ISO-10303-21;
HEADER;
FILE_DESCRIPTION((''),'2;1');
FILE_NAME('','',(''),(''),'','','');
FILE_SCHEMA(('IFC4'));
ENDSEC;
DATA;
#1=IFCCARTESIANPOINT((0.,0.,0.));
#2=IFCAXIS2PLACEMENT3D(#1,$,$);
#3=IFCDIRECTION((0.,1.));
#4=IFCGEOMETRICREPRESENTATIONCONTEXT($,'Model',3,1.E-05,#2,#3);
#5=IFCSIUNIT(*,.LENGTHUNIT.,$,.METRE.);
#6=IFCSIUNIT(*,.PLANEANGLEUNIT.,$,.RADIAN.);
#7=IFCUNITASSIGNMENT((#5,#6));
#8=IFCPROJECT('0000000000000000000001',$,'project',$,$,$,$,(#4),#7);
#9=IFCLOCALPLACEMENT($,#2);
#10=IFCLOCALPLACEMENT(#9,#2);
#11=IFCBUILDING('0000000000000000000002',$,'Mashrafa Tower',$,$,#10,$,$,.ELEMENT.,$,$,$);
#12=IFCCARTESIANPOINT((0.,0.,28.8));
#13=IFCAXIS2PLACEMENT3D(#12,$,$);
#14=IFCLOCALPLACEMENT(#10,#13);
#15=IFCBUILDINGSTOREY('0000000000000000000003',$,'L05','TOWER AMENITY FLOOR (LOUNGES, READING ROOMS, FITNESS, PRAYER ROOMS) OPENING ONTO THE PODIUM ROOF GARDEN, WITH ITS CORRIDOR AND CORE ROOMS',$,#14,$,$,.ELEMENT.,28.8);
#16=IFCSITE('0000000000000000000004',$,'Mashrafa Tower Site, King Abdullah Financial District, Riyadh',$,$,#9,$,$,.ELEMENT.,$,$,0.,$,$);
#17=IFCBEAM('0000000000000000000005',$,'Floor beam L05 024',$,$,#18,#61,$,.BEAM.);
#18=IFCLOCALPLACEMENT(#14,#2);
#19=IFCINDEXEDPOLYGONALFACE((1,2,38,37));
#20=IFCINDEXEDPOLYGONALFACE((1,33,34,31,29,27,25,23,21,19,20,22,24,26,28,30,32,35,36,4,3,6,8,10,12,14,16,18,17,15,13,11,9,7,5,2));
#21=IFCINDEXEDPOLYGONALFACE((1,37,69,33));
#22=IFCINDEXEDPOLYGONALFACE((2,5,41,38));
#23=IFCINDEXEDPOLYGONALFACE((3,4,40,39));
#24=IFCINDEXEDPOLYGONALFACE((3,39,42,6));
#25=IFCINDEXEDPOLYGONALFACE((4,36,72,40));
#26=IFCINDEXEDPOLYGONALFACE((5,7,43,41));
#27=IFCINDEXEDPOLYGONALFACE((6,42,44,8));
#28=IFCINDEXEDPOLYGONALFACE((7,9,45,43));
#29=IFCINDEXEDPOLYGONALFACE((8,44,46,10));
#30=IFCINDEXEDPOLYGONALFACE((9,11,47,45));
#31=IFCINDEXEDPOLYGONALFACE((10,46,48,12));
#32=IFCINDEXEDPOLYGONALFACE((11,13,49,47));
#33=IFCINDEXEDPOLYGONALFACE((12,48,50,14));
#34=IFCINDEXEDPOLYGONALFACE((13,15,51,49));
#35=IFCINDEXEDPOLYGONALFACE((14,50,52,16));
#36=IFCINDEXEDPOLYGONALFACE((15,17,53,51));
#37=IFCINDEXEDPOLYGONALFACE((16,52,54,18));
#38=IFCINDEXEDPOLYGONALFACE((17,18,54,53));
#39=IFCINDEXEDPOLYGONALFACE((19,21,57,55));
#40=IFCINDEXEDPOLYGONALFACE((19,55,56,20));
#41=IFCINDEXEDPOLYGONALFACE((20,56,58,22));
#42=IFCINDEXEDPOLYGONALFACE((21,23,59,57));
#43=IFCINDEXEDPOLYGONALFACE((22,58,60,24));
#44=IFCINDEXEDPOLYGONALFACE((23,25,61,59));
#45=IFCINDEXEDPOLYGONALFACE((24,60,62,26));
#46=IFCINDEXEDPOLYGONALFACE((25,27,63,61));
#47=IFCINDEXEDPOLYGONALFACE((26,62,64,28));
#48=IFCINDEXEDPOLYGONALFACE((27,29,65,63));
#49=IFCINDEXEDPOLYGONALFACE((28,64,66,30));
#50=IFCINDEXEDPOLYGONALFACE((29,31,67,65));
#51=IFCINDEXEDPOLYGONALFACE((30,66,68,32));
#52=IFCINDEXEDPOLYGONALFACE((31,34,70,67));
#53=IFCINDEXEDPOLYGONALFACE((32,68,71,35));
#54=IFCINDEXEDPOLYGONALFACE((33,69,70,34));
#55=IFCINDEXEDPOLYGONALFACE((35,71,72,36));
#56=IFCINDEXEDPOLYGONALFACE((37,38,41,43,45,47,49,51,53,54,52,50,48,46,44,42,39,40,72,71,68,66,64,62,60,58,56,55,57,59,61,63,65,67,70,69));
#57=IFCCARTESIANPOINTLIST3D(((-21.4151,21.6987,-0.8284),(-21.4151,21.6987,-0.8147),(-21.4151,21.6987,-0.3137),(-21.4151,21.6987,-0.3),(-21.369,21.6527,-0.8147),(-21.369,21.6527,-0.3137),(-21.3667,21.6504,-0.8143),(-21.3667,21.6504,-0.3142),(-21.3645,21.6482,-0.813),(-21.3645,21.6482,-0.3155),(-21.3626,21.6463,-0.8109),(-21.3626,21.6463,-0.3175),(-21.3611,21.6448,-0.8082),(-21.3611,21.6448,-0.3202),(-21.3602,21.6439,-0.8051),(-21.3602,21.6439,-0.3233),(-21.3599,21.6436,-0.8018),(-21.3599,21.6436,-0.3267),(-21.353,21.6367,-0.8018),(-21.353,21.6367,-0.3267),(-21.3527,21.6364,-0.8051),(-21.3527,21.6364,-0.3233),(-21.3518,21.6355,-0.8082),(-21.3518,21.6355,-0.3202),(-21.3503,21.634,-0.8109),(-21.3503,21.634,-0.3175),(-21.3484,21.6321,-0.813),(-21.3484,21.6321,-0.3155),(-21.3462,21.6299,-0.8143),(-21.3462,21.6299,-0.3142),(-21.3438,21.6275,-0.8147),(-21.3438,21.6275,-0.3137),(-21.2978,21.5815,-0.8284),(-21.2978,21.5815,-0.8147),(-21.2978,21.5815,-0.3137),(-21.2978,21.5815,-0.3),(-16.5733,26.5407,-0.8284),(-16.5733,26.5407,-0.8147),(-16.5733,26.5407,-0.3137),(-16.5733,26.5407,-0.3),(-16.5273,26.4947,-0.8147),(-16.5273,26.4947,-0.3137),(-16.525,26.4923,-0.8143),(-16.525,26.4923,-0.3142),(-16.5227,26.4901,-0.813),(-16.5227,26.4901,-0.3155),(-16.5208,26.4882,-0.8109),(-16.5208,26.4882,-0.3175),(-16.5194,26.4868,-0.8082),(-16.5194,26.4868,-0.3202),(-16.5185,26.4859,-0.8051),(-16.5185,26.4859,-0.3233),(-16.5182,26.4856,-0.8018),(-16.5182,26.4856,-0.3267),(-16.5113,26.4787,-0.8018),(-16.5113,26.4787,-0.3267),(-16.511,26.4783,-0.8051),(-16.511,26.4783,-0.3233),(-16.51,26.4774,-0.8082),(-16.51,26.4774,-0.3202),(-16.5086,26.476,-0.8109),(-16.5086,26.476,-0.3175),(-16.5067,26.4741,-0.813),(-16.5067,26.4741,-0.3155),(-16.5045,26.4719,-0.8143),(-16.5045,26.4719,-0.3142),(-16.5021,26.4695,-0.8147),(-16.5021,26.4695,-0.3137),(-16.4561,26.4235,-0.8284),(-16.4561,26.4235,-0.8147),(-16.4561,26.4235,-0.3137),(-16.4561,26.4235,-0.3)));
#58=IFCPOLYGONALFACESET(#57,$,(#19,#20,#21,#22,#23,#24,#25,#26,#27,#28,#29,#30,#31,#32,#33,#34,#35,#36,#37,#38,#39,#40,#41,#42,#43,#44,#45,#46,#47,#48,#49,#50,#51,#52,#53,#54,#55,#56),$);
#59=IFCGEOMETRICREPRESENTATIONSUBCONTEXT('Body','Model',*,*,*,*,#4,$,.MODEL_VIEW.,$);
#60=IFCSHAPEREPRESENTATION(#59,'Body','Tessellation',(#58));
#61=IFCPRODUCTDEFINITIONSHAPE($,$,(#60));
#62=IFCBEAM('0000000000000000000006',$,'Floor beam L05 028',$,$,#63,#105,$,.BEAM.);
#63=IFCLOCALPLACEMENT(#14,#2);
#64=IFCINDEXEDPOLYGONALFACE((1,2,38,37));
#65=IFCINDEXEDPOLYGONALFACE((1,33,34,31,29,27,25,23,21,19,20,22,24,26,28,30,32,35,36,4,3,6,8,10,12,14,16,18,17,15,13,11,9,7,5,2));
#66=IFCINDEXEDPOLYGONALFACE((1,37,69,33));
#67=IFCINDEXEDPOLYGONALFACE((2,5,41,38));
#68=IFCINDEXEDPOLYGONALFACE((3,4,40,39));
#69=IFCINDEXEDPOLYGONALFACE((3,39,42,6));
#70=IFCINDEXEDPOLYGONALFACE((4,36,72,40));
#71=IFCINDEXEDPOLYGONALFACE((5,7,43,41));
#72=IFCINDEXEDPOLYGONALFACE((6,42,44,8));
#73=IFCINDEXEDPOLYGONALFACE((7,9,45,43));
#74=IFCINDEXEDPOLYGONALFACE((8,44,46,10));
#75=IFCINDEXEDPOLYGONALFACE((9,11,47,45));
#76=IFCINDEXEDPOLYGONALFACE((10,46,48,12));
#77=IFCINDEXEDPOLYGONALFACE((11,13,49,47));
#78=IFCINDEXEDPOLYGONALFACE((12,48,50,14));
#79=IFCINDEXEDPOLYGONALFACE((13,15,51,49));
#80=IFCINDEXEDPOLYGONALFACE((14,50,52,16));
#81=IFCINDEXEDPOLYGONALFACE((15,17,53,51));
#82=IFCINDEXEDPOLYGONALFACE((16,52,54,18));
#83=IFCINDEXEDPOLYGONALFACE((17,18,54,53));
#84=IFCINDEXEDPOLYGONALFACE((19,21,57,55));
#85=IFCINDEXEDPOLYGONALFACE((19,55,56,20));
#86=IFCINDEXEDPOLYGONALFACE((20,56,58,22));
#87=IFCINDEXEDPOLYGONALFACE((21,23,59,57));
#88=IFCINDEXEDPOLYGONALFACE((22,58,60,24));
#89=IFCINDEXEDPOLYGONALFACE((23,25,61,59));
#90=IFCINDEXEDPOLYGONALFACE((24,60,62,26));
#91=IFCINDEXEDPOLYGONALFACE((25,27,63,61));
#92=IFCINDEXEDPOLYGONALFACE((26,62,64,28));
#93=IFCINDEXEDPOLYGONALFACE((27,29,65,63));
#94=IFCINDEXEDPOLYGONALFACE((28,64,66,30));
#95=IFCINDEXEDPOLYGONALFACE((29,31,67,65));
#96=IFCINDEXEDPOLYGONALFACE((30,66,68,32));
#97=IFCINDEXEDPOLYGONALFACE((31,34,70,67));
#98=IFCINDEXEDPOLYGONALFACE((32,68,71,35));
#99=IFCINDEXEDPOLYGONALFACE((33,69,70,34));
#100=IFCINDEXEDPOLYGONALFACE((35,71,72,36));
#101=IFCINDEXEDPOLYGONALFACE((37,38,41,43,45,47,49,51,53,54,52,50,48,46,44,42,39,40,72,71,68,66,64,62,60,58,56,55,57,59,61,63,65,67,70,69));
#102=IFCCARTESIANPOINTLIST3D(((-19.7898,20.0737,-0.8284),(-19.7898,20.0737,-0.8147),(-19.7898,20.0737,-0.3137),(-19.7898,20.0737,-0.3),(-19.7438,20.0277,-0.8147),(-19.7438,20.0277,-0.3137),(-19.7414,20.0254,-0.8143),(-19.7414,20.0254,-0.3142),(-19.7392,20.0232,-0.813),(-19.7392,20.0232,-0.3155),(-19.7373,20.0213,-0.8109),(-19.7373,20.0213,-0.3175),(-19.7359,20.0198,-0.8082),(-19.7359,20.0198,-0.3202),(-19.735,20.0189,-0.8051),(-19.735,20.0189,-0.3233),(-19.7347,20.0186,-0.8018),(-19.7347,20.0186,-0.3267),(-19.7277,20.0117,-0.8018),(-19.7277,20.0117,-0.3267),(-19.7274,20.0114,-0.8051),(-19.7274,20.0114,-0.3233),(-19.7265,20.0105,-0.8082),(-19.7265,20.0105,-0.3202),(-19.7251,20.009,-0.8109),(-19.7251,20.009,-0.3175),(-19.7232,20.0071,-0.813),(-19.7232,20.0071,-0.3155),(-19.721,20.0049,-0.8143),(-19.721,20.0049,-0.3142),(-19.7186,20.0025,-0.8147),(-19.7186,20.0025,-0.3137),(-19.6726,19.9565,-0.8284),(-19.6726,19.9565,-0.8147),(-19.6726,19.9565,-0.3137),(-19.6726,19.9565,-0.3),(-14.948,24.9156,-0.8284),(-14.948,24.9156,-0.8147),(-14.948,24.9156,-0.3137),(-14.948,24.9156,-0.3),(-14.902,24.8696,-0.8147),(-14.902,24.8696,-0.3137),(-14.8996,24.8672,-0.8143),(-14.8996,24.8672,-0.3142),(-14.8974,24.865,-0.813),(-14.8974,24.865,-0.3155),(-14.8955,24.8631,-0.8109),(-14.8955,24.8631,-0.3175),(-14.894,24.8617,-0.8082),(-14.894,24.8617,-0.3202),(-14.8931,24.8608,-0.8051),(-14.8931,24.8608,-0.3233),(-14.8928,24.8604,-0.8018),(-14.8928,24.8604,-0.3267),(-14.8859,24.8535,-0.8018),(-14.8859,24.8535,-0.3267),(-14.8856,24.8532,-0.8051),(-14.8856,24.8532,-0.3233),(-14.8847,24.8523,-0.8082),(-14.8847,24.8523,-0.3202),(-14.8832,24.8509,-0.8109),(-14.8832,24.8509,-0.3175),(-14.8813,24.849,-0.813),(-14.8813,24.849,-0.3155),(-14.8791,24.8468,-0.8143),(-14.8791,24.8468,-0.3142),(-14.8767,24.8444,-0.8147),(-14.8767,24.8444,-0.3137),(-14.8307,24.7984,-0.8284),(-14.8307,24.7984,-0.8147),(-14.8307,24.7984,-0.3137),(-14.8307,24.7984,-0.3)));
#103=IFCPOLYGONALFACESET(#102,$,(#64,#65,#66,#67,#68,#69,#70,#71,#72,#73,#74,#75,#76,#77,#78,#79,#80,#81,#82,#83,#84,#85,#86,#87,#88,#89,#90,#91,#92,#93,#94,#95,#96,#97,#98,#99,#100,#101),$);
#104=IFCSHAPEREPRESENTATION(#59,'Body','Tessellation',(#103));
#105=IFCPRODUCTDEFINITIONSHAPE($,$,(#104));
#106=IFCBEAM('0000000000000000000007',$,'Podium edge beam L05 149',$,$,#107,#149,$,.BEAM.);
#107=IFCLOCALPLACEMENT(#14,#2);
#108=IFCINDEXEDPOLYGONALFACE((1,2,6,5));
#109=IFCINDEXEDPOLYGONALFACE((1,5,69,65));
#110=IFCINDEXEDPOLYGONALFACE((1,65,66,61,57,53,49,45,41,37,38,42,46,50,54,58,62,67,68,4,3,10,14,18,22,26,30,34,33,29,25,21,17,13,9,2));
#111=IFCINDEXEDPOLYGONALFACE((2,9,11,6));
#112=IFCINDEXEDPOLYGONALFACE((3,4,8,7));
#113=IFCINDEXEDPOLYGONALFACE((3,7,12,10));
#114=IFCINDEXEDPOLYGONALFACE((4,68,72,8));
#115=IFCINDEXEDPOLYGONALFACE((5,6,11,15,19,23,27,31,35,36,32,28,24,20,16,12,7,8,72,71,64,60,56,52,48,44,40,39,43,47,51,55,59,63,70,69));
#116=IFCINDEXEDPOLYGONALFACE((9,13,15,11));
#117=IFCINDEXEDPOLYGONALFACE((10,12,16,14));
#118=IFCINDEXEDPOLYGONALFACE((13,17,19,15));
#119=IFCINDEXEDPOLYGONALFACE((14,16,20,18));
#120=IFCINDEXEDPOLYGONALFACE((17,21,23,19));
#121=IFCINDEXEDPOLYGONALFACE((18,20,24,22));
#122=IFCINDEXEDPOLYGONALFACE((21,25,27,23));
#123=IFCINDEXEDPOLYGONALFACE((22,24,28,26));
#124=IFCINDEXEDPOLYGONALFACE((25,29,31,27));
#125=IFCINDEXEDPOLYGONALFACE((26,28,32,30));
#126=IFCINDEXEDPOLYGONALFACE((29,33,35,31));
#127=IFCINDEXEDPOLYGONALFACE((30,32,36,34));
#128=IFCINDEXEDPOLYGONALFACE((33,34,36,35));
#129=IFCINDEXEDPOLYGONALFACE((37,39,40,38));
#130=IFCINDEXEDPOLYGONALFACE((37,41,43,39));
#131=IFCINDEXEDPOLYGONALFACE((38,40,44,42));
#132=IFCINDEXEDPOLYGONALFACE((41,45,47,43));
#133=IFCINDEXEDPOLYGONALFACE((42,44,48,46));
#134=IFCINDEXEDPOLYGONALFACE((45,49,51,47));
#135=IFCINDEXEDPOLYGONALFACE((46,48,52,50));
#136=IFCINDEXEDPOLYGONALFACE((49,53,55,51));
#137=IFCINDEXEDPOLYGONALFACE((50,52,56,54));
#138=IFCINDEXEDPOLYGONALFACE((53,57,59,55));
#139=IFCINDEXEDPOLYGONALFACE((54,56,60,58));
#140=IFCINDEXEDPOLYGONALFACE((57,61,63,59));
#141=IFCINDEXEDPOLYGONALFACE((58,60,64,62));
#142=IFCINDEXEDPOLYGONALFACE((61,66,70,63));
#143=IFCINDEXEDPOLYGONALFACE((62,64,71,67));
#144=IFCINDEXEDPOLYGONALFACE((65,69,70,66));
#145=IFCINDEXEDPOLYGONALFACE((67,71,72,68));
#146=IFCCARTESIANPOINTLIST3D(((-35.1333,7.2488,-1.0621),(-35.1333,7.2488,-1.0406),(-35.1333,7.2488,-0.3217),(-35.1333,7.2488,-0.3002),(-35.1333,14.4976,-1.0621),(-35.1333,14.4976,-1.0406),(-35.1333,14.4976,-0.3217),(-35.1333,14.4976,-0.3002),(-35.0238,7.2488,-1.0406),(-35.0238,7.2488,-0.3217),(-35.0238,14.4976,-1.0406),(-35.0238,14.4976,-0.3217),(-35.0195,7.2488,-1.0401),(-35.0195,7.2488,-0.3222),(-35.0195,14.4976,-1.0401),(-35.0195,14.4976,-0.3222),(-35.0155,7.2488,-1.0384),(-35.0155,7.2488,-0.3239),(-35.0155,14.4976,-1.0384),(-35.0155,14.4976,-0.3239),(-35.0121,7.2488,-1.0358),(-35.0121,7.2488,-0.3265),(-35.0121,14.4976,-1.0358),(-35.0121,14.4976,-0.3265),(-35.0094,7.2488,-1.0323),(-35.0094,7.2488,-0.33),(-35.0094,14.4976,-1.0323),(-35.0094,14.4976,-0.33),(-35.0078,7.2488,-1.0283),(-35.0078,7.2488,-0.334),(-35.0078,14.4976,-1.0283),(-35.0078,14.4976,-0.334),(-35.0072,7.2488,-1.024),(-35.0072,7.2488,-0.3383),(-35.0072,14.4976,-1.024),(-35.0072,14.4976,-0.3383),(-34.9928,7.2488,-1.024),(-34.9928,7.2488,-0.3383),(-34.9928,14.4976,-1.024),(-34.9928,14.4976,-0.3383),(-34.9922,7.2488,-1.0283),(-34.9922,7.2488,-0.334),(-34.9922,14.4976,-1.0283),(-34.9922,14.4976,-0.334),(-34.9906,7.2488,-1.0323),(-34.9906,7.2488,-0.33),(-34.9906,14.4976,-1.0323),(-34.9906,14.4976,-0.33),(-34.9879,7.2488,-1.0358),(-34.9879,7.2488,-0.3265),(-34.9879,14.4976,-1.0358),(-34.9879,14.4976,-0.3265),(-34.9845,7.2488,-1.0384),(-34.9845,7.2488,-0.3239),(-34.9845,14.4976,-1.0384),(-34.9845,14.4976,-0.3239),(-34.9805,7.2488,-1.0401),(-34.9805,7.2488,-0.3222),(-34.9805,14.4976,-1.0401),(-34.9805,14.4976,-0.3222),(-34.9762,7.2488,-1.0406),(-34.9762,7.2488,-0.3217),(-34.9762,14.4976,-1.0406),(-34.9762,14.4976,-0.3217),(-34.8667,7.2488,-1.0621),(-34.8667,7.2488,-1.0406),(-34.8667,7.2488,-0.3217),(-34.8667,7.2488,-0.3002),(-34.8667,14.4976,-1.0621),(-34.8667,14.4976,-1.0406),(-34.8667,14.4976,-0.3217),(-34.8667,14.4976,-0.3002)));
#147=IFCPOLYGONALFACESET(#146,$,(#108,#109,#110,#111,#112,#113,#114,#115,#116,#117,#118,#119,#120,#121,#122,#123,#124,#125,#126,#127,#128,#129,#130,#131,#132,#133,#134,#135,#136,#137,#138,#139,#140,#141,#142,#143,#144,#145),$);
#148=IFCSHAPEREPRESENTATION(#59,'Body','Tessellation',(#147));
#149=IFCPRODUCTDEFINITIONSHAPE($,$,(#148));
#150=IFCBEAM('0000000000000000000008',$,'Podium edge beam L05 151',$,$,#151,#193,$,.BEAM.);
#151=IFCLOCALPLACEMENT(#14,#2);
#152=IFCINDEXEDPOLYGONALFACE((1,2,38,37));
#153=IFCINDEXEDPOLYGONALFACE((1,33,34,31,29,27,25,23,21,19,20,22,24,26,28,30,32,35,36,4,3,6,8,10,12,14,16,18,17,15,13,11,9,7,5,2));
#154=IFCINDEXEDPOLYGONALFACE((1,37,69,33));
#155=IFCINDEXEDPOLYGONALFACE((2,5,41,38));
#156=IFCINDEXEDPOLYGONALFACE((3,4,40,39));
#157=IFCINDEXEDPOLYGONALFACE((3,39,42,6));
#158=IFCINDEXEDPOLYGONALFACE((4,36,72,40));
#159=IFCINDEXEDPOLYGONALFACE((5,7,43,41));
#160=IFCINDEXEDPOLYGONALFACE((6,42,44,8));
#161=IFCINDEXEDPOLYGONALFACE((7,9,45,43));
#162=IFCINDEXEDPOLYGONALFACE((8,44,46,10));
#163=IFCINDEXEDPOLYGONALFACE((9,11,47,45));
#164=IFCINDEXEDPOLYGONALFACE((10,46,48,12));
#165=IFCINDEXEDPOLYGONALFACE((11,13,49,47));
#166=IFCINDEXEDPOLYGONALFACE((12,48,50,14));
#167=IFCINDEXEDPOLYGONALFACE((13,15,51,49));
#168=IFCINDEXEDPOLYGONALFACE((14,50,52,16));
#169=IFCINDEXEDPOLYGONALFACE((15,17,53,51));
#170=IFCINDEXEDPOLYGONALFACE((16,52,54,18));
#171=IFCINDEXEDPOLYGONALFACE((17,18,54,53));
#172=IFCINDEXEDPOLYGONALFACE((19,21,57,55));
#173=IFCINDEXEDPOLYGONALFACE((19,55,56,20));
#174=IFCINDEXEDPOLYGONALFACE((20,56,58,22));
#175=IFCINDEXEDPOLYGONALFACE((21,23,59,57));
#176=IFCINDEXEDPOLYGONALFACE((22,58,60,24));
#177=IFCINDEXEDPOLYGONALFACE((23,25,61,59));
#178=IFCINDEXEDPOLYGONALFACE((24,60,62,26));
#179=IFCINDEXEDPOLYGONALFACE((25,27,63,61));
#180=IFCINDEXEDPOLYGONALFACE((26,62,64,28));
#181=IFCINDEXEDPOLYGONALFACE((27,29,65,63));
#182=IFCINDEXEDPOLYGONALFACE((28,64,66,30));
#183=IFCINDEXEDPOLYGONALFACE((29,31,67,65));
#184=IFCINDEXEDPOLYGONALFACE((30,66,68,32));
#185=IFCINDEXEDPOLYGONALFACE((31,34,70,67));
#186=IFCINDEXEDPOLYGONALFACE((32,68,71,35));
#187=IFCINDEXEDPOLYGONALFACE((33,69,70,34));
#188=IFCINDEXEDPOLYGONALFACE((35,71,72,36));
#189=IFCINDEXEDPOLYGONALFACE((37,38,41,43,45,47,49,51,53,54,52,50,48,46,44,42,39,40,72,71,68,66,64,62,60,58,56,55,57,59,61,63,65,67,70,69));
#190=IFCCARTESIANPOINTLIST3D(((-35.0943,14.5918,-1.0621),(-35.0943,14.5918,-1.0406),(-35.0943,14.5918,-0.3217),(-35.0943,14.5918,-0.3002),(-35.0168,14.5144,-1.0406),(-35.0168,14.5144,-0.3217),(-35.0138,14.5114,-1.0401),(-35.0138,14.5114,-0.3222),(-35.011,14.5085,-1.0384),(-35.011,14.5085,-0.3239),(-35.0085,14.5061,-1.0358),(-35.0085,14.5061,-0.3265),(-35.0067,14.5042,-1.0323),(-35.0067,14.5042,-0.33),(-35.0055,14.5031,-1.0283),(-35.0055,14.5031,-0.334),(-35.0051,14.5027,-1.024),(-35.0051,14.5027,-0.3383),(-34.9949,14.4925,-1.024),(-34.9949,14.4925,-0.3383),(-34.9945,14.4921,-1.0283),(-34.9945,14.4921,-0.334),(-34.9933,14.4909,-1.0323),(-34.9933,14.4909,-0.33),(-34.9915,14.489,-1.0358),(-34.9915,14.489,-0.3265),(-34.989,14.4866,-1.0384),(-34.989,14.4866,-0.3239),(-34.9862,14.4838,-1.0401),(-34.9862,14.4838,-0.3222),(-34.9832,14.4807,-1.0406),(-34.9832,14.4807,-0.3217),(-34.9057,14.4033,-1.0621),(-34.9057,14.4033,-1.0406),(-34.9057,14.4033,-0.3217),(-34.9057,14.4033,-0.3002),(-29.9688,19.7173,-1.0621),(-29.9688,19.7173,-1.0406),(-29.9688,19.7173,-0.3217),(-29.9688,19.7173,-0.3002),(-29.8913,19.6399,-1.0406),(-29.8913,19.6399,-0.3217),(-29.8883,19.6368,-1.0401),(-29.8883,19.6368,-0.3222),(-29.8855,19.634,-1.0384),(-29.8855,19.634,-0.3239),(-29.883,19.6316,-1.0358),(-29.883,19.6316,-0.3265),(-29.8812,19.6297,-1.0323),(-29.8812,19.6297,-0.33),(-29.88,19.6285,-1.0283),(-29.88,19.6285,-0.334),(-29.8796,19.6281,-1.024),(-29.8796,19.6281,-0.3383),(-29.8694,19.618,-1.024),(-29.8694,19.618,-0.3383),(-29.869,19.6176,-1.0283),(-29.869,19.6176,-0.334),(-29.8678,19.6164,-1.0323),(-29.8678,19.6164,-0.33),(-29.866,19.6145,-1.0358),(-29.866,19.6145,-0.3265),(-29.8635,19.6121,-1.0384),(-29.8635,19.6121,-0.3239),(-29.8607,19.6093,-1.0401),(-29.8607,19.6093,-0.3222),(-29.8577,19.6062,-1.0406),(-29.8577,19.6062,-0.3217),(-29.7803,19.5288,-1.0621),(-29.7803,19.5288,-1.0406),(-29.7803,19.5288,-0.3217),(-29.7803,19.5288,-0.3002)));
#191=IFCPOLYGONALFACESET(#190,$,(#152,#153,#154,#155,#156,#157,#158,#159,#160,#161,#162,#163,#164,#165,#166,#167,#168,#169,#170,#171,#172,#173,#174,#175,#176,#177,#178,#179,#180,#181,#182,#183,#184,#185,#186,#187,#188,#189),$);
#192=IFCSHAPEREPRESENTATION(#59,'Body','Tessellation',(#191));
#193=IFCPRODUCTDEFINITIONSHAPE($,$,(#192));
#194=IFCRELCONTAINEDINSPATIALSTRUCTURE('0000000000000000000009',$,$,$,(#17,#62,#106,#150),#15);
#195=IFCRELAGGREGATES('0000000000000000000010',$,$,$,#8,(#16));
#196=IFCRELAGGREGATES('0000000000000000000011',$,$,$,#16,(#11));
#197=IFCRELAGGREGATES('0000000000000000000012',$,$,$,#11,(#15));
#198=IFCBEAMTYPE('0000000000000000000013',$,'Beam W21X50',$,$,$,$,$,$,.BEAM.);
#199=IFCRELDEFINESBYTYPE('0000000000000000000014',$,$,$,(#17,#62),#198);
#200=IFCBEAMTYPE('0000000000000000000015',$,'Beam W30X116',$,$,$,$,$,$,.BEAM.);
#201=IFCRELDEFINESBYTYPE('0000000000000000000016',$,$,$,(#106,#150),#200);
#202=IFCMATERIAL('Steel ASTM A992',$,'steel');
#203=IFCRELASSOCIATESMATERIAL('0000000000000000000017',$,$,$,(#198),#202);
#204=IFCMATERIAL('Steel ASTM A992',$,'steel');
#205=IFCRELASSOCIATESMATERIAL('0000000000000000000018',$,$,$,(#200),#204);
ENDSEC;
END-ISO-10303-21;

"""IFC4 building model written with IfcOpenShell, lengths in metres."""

from ifc_helpers import new_model, si_unit, direction, frame, origin, origin_2d, place, context, subcontext, project, spatial, i_section, extrude, material, material_profile, profile_set, type_object, element, save


model = new_model("IFC4")

# Units and contexts
model_context = context("Model", 3, precision=1e-05, world=origin(), true_north=direction((0.0, 1.0)))
body_context = subcontext(model_context, "Body", "Model", "MODEL_VIEW")
ifc_project = project(units=[si_unit("LENGTHUNIT", "METRE"), si_unit("PLANEANGLEUNIT", "RADIAN")], contexts=[model_context])

# Site, building, storey
site_placement = place(None, origin())
site = spatial("IfcSite", under=ifc_project, at=site_placement, Name="Mashrafa Tower Site, King Abdullah Financial District, Riyadh", CompositionType="ELEMENT", RefElevation=0.0)
building_placement = place(site_placement, origin())
building = spatial("IfcBuilding", under=site, at=building_placement, Name="Mashrafa Tower", CompositionType="ELEMENT")
storey_placement = place(building_placement, frame((0.0, 0.0, 28.8)))
storey = spatial("IfcBuildingStorey", under=building, at=storey_placement, Name="L05", Description="TOWER AMENITY FLOOR (LOUNGES, READING ROOMS, FITNESS, PRAYER ROOMS) OPENING ONTO THE PODIUM ROOF GARDEN, WITH ITS CORRIDOR AND CORE ROOMS", CompositionType="ELEMENT", Elevation=28.8)

# Beams
ifc_material_1 = material(Name="Steel ASTM A992", Category="steel")
ifc_material_profile_1 = material_profile(ifc_material_1, i_section(OverallWidth=0.1658, OverallDepth=0.5283, WebThickness=0.0098, FlangeThickness=0.0137, FilletRadius=0.0129, at=origin_2d()), Name="W21X50")
ifc_profile_set_1 = profile_set([ifc_material_profile_1], Name="Steel ASTM A992")
beam_type_1 = type_object("IfcBeamType", Name="Beam W21X50", PredefinedType="BEAM", material=ifc_profile_set_1)
for number, where, z_axis, x_axis, name in (
    (1, (-21.3564, 21.6401, -0.5642), (0.707089, 0.707125, 0.0), (-0.707125, 0.707089, 0.0), "Floor beam L05 024"),
    (2, (-19.7312, 20.0151, -0.5642), (0.707107, 0.707107, 0.0), (-0.707107, 0.707107, 0.0), "Floor beam L05 028"),
):
    element("IfcBeam", number, at=place(storey_placement, frame(where, z_axis=z_axis, x_axis=x_axis)), inside=storey, type_object=beam_type_1, Name=name, PredefinedType="BEAM", context=body_context, shape_type="SweptSolid", body=[
        extrude(i_section(OverallWidth=0.1658, OverallDepth=0.5283, WebThickness=0.0098, FlangeThickness=0.0137, FilletRadius=0.0129, at=origin_2d()), origin(), (0.0, 0.0, 1.0), 6.8474),
    ])
ifc_material_2 = material(Name="Steel ASTM A992", Category="steel")
ifc_material_profile_2 = material_profile(ifc_material_2, i_section(OverallWidth=0.2666, OverallDepth=0.762, WebThickness=0.0144, FlangeThickness=0.0215, FilletRadius=0.0166, at=origin_2d()), Name="W30X116")
ifc_profile_set_2 = profile_set([ifc_material_profile_2], Name="Steel ASTM A992")
beam_type_2 = type_object("IfcBeamType", Name="Beam W30X116", PredefinedType="BEAM", material=ifc_profile_set_2)
beam_1_placement = place(storey_placement, frame((-35.0, 14.4976, -0.6812), z_axis=(0.0, -1.0, 0.0), x_axis=(1.0, 0.0, 0.0)))
element("IfcBeam", 3, at=beam_1_placement, inside=storey, type_object=beam_type_2, Name="Podium edge beam L05 149", PredefinedType="BEAM", context=body_context, shape_type="SweptSolid", body=[
    extrude(i_section(OverallWidth=0.2666, OverallDepth=0.762, WebThickness=0.0144, FlangeThickness=0.0215, FilletRadius=0.0166, at=origin_2d()), origin(), (0.0, 0.0, 1.0), 7.2488),
])
beam_2_placement = place(storey_placement, frame((-29.8745, 19.623, -0.6812), z_axis=(-0.707107, -0.707107, 0.0), x_axis=(0.707107, -0.707107, 0.0)))
element("IfcBeam", 4, at=beam_2_placement, inside=storey, type_object=beam_type_2, Name="Podium edge beam L05 151", PredefinedType="BEAM", context=body_context, shape_type="SweptSolid", body=[
    extrude(i_section(OverallWidth=0.2666, OverallDepth=0.762, WebThickness=0.0144, FlangeThickness=0.0215, FilletRadius=0.0166, at=origin_2d()), origin(), (0.0, 0.0, 1.0), 7.2485),
])

save(model, "model.ifc")
